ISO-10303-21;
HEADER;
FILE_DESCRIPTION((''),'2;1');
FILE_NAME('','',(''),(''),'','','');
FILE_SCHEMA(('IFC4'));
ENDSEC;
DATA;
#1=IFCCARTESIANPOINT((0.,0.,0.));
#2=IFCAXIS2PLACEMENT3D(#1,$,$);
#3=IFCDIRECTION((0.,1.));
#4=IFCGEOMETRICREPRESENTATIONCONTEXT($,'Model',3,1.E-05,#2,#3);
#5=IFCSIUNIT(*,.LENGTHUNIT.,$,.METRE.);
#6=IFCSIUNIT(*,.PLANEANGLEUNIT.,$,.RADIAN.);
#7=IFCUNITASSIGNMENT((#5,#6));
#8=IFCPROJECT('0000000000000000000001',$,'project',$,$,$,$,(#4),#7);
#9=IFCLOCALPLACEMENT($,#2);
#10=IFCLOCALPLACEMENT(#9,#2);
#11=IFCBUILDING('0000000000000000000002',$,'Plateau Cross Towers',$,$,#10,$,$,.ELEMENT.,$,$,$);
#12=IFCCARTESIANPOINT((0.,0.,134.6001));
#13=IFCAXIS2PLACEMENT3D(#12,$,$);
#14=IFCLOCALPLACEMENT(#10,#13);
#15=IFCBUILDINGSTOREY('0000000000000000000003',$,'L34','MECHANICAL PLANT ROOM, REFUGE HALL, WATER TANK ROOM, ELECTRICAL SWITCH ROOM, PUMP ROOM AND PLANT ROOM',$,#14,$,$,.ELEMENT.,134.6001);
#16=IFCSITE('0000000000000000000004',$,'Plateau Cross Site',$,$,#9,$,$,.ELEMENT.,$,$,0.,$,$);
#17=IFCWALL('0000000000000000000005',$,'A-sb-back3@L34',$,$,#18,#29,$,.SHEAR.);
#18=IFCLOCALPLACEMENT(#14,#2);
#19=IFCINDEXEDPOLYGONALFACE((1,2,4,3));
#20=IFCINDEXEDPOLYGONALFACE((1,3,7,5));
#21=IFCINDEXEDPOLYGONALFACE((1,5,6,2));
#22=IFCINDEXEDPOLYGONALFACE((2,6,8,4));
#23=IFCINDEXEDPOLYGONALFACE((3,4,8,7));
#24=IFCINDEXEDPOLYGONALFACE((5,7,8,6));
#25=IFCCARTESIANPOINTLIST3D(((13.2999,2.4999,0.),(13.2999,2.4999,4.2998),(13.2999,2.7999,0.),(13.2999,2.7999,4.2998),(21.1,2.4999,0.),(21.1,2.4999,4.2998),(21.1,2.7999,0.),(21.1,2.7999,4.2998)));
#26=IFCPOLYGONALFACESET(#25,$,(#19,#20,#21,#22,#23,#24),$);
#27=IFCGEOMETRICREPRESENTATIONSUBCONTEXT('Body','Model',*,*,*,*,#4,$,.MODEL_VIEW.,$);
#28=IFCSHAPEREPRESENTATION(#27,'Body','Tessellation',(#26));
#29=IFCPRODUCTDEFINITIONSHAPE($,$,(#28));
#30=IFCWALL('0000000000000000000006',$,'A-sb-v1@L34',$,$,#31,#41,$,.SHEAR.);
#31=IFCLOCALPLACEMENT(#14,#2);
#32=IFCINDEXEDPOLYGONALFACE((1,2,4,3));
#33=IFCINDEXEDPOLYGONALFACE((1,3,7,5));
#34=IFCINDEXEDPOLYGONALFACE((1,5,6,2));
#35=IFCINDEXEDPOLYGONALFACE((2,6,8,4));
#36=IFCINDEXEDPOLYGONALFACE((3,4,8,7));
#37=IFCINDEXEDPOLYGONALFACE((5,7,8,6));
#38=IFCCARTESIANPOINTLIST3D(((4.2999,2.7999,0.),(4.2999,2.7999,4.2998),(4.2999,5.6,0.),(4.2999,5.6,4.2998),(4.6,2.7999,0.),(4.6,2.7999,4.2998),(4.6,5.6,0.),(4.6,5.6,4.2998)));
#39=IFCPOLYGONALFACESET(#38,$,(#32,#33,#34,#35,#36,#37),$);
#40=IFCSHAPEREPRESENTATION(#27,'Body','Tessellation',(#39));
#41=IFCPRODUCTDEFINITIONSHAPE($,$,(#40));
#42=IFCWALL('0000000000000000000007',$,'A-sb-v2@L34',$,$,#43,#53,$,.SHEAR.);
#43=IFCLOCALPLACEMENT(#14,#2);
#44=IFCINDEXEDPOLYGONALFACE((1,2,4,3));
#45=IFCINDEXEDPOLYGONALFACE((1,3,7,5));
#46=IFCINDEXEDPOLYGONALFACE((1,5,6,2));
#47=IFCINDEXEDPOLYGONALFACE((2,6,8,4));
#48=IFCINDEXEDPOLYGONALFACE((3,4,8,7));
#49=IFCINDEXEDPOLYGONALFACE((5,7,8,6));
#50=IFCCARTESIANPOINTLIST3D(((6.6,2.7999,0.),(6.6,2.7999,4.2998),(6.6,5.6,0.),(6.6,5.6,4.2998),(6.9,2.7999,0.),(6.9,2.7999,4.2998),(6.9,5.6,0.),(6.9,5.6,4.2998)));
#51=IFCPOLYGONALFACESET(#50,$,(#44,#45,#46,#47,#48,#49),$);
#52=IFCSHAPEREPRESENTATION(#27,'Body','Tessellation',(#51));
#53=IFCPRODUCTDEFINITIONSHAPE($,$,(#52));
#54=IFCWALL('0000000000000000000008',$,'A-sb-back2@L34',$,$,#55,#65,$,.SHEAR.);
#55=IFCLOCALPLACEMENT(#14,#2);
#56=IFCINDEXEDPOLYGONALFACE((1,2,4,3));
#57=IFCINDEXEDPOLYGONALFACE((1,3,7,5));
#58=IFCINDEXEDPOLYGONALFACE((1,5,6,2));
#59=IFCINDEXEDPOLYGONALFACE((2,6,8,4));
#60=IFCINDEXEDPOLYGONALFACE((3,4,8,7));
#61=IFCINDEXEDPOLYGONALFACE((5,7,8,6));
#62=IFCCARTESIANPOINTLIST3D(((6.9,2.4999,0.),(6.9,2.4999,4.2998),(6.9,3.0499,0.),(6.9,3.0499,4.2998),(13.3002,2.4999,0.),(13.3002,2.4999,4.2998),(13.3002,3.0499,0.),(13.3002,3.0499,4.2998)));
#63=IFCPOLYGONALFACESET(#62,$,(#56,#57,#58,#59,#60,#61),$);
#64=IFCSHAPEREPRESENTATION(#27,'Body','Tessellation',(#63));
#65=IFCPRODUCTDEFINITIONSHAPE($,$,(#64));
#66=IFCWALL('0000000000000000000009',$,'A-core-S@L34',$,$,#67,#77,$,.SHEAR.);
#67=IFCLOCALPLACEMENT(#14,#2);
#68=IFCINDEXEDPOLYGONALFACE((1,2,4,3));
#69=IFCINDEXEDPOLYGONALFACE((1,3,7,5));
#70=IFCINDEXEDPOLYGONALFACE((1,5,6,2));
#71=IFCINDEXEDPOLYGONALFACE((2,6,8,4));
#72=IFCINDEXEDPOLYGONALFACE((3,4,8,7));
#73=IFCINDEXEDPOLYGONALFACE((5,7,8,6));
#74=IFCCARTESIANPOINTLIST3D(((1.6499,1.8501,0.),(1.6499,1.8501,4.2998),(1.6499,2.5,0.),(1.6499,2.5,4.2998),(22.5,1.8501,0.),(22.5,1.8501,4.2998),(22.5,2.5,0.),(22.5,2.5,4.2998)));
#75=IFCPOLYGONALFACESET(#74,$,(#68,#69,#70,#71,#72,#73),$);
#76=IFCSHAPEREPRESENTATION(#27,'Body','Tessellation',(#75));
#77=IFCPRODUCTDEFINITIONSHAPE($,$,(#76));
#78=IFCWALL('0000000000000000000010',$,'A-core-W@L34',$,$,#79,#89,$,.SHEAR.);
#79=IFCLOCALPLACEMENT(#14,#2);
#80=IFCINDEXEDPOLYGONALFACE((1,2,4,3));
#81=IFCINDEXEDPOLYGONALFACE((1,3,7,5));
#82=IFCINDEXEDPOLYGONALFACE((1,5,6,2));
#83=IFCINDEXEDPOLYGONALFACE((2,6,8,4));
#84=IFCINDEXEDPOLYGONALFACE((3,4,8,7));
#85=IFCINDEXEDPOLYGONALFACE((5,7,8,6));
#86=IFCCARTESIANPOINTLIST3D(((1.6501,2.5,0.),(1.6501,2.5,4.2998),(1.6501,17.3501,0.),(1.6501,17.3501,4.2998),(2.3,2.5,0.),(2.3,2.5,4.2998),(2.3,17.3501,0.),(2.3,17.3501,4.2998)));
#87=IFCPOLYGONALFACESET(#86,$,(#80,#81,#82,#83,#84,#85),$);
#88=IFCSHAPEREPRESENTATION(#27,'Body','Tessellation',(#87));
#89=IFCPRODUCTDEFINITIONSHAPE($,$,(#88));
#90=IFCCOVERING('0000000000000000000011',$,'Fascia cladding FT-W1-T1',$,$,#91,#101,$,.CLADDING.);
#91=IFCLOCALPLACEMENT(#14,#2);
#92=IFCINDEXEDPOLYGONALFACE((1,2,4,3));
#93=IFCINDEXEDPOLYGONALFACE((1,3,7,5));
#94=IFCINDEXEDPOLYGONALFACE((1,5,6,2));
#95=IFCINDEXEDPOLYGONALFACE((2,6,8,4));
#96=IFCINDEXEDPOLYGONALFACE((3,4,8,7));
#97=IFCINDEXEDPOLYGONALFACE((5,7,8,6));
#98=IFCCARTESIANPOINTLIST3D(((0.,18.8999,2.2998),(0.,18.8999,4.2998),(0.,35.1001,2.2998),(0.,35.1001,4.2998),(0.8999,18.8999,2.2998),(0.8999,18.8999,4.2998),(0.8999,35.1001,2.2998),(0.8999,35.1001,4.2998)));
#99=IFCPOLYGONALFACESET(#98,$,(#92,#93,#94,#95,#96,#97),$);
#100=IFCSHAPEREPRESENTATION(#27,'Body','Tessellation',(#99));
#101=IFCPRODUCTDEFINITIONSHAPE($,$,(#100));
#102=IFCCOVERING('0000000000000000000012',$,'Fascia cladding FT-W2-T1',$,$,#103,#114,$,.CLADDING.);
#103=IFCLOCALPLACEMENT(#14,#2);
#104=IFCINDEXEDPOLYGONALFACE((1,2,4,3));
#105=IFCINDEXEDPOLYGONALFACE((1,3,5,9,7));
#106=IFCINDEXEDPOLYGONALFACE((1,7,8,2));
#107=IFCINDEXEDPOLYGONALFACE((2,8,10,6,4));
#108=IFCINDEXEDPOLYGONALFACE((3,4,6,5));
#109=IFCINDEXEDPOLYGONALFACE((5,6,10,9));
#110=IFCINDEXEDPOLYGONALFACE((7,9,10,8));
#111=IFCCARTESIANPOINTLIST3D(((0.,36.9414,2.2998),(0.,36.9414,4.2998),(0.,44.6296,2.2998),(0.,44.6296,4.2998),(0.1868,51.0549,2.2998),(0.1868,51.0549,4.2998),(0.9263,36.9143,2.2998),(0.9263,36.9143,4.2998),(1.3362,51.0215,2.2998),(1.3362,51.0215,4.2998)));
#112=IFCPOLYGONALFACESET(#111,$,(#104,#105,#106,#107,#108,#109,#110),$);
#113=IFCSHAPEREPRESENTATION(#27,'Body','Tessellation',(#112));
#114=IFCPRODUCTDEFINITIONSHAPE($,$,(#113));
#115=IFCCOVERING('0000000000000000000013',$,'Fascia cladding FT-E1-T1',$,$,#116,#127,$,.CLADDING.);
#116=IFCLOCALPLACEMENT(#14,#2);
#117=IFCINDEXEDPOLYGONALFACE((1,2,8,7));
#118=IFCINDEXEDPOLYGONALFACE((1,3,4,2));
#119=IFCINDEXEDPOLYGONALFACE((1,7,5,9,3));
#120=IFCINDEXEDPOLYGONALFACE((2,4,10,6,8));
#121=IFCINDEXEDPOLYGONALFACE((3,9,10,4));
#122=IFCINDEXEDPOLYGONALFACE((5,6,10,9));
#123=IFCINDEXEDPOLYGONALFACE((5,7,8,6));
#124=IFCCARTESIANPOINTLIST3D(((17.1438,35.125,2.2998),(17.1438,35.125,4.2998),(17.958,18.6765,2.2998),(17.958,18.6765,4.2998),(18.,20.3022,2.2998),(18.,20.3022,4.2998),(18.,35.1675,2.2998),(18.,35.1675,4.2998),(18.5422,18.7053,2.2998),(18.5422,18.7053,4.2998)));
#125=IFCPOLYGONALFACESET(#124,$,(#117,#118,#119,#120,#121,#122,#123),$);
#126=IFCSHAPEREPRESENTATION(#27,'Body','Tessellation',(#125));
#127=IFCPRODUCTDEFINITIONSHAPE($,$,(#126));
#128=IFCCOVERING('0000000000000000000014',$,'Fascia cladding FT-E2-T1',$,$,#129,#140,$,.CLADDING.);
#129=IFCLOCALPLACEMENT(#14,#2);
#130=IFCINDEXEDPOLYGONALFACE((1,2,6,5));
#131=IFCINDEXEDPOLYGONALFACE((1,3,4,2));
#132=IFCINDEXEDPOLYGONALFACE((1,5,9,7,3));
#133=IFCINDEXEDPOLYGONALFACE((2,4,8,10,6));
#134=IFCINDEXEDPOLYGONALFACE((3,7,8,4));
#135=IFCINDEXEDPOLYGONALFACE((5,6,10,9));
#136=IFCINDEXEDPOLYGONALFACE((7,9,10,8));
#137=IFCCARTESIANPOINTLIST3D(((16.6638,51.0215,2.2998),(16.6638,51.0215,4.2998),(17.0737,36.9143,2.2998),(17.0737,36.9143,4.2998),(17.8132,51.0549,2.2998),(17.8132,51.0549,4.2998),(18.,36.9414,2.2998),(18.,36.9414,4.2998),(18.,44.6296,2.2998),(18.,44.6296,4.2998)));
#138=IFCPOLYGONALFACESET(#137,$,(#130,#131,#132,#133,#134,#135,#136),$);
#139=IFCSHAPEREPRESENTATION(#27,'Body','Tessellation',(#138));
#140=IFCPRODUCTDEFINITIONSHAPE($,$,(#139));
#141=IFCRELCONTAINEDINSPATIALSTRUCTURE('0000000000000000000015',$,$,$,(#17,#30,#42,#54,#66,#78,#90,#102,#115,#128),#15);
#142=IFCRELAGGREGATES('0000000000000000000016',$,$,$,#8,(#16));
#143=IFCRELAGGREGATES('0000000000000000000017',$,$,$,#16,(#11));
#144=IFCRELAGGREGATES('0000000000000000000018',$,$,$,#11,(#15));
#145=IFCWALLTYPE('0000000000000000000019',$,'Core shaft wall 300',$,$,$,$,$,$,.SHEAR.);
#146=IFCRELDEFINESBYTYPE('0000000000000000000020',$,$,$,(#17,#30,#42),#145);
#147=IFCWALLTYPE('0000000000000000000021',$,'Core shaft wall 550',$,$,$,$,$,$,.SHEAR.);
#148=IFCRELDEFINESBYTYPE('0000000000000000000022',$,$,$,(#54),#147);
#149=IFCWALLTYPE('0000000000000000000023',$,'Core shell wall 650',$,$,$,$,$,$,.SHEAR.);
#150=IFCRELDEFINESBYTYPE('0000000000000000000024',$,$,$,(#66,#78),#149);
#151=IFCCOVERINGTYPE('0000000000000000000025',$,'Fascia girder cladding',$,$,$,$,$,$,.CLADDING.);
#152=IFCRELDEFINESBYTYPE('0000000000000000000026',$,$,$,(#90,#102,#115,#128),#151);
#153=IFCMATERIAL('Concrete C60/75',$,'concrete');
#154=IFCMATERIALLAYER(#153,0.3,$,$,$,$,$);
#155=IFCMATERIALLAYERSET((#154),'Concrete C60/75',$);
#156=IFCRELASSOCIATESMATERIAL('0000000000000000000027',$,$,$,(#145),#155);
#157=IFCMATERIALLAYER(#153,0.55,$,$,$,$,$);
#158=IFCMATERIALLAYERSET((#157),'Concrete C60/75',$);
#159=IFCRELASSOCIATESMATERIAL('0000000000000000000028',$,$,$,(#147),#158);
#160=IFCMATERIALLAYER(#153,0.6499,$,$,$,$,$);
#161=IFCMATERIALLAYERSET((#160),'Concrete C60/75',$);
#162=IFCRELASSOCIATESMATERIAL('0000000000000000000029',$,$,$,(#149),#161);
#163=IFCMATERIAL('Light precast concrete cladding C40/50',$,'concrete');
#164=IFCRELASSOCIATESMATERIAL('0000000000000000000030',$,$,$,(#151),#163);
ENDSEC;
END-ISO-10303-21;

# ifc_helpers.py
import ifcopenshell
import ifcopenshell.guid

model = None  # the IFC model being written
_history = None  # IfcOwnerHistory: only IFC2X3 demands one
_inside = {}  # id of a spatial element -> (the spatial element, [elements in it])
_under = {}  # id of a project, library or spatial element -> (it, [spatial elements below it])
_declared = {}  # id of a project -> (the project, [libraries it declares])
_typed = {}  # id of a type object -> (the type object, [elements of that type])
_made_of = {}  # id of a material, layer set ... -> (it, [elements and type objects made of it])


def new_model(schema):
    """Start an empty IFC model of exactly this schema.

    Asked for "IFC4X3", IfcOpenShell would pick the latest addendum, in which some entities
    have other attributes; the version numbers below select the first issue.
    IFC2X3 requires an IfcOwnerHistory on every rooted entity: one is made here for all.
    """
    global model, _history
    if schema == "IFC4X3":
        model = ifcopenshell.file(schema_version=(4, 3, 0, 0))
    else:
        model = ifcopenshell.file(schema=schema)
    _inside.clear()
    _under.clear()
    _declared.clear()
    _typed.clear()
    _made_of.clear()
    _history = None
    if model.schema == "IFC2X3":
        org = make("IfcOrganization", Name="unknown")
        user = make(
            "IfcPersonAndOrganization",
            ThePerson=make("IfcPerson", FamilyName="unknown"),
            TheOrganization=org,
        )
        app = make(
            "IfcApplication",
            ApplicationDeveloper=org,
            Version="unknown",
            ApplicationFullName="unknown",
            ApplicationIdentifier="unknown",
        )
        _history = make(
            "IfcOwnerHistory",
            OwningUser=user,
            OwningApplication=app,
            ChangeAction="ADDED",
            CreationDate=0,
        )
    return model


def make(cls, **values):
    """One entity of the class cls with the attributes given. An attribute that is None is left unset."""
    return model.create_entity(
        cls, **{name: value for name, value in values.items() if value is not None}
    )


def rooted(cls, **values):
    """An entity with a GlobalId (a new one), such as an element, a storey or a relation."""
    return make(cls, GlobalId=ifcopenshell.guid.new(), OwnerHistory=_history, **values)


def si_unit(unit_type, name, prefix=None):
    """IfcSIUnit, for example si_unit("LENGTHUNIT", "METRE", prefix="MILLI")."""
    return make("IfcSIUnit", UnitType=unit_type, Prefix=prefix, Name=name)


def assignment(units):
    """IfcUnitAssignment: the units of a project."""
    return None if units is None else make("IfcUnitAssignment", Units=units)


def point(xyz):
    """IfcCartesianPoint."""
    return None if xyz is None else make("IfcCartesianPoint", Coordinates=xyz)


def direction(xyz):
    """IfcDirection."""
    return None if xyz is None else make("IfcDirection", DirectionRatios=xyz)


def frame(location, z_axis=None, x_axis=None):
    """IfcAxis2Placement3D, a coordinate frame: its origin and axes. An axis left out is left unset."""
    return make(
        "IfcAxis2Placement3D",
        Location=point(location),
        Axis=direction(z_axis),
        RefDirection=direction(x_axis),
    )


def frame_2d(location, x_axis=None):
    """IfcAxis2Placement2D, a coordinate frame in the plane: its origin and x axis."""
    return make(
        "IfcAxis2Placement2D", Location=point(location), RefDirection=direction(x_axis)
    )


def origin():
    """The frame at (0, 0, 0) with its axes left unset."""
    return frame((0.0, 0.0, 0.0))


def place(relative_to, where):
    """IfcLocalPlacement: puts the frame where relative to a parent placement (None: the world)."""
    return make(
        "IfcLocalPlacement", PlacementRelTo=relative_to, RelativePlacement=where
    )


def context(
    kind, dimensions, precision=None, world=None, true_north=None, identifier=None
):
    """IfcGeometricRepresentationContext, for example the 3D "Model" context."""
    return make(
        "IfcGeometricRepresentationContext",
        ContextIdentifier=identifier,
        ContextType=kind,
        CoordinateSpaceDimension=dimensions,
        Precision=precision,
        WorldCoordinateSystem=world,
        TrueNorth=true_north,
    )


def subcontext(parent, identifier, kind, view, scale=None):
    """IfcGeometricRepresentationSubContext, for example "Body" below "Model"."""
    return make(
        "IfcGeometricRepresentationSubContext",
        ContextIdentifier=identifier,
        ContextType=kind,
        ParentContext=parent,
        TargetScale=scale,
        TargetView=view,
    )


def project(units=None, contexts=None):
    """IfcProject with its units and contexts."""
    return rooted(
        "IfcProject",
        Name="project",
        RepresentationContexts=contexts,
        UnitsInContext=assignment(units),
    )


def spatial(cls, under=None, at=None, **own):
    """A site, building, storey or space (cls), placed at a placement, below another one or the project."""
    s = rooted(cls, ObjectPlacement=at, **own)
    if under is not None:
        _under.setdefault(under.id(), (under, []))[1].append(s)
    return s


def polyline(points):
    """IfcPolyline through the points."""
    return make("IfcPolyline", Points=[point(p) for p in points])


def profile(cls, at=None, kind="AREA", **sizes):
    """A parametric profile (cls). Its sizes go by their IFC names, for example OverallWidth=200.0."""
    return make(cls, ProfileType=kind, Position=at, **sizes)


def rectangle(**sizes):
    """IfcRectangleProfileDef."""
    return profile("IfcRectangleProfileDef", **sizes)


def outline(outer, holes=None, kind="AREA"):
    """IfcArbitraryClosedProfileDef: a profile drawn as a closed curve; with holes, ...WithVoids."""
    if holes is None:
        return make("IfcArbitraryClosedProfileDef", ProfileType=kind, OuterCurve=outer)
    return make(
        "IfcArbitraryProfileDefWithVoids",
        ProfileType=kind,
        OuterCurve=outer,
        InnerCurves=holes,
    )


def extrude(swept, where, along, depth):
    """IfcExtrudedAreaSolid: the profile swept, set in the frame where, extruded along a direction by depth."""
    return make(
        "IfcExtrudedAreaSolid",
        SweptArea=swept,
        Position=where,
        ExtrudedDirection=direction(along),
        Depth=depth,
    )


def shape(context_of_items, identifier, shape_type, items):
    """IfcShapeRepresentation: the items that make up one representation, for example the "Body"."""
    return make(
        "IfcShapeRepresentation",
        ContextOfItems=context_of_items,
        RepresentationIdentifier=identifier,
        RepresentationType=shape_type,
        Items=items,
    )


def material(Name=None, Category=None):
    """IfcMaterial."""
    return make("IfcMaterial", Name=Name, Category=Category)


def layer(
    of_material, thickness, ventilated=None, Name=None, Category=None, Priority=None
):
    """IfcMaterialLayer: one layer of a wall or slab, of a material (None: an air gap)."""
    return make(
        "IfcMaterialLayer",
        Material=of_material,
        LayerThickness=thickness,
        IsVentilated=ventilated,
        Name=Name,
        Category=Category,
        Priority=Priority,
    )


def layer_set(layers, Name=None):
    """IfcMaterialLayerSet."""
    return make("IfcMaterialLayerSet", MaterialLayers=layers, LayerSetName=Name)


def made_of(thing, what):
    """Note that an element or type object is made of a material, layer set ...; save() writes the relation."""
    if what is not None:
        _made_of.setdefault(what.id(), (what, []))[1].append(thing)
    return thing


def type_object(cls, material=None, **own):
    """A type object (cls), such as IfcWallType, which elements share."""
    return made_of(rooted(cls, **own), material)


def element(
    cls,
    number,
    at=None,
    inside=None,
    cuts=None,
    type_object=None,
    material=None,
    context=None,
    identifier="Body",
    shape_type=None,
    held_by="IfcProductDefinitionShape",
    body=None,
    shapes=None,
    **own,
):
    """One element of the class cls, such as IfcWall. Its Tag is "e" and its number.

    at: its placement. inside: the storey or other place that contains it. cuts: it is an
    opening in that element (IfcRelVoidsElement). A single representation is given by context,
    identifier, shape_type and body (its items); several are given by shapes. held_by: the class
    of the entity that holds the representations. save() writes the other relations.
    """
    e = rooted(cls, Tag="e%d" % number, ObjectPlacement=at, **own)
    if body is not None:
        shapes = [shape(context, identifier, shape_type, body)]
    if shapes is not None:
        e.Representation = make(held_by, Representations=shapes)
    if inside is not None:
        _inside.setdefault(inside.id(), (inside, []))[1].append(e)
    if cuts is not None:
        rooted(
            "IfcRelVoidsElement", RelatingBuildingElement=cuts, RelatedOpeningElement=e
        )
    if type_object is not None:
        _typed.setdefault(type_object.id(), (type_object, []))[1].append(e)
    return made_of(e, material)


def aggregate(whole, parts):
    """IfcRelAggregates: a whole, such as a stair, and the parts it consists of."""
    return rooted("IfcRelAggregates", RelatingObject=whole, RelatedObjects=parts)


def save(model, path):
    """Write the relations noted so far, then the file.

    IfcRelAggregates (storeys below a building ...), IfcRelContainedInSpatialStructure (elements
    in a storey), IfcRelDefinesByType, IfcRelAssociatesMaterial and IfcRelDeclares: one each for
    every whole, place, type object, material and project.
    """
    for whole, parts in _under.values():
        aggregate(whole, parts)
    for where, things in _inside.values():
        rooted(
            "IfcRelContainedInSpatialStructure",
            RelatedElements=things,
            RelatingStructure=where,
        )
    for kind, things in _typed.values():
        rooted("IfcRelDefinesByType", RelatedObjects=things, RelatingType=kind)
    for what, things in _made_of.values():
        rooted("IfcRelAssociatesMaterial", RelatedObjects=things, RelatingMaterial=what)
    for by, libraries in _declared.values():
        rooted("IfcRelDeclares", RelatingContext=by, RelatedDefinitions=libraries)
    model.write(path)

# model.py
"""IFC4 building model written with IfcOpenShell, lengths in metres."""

from ifc_helpers import new_model, si_unit, direction, frame, frame_2d, origin, place, context, subcontext, project, spatial, polyline, rectangle, outline, extrude, material, layer, layer_set, type_object, element, save


model = new_model("IFC4")

# Units and contexts
model_context = context("Model", 3, precision=1e-05, world=origin(), true_north=direction((0.0, 1.0)))
body_context = subcontext(model_context, "Body", "Model", "MODEL_VIEW")
ifc_project = project(units=[si_unit("LENGTHUNIT", "METRE"), si_unit("PLANEANGLEUNIT", "RADIAN")], contexts=[model_context])

# Site, building, storey
site_placement = place(None, origin())
site = spatial("IfcSite", under=ifc_project, at=site_placement, Name="Plateau Cross Site", CompositionType="ELEMENT", RefElevation=0.0)
building_placement = place(site_placement, origin())
building = spatial("IfcBuilding", under=site, at=building_placement, Name="Plateau Cross Towers", CompositionType="ELEMENT")
storey_placement = place(building_placement, frame((0.0, 0.0, 134.6001)))
storey = spatial("IfcBuildingStorey", under=building, at=storey_placement, Name="L34", Description="MECHANICAL PLANT ROOM, REFUGE HALL, WATER TANK ROOM, ELECTRICAL SWITCH ROOM, PUMP ROOM AND PLANT ROOM", CompositionType="ELEMENT", Elevation=134.6001)

# Shared definitions
ifc_material_1 = material(Name="Concrete C60/75", Category="concrete")

# Walls
ifc_layer_1 = layer(ifc_material_1, 0.3)
ifc_layer_set_1 = layer_set([ifc_layer_1], Name="Concrete C60/75")
wall_type_1 = type_object("IfcWallType", Name="Core shaft wall 300", PredefinedType="SHEAR", material=ifc_layer_set_1)
wall_1_placement = place(storey_placement, frame((13.3, 2.6499, 0.0), z_axis=(0.0, 0.0, 1.0), x_axis=(1.0, 0.0, 0.0)))
element("IfcWall", 1, at=wall_1_placement, inside=storey, type_object=wall_type_1, Name="A-sb-back3@L34", PredefinedType="SHEAR", context=body_context, shape_type="SweptSolid", body=[
    extrude(rectangle(XDim=7.8, YDim=0.3, at=frame_2d((3.8999, 0.0))), origin(), (0.0, 0.0, 1.0), 4.2998),
])
for number, where, z_axis, x_axis, name in (
    (2, (4.45, 2.8, 0.0), (0.0, 0.0, 1.0), (0.0, 1.0, 0.0), "A-sb-v1@L34"),
    (3, (6.75, 2.8, 0.0), (0.0, 0.0, 1.0), (0.0, 1.0, 0.0), "A-sb-v2@L34"),
):
    element("IfcWall", number, at=place(storey_placement, frame(where, z_axis=z_axis, x_axis=x_axis)), inside=storey, type_object=wall_type_1, Name=name, PredefinedType="SHEAR", context=body_context, shape_type="SweptSolid", body=[
        extrude(rectangle(XDim=2.8, YDim=0.3, at=frame_2d((1.3999, 0.0))), origin(), (0.0, 0.0, 1.0), 4.2998),
    ])
ifc_layer_2 = layer(ifc_material_1, 0.55)
ifc_layer_set_2 = layer_set([ifc_layer_2], Name="Concrete C60/75")
wall_type_2 = type_object("IfcWallType", Name="Core shaft wall 550", PredefinedType="SHEAR", material=ifc_layer_set_2)
wall_2_placement = place(storey_placement, frame((6.8999, 2.7749, 0.0), z_axis=(0.0, 0.0, 1.0), x_axis=(1.0, 0.0, 0.0)))
element("IfcWall", 4, at=wall_2_placement, inside=storey, type_object=wall_type_2, Name="A-sb-back2@L34", PredefinedType="SHEAR", context=body_context, shape_type="SweptSolid", body=[
    extrude(rectangle(XDim=6.4001, YDim=0.55, at=frame_2d((3.2002, 0.0))), origin(), (0.0, 0.0, 1.0), 4.2998),
])
ifc_layer_3 = layer(ifc_material_1, 0.6499)
ifc_layer_set_3 = layer_set([ifc_layer_3], Name="Concrete C60/75")
wall_type_3 = type_object("IfcWallType", Name="Core shell wall 650", PredefinedType="SHEAR", material=ifc_layer_set_3)
wall_3_placement = place(storey_placement, frame((1.6499, 2.175, 0.0), z_axis=(0.0, 0.0, 1.0), x_axis=(1.0, 0.0, 0.0)))
element("IfcWall", 5, at=wall_3_placement, inside=storey, type_object=wall_type_3, Name="A-core-S@L34", PredefinedType="SHEAR", context=body_context, shape_type="SweptSolid", body=[
    extrude(rectangle(XDim=20.8501, YDim=0.6499, at=frame_2d((10.425, 0.0))), origin(), (0.0, 0.0, 1.0), 4.2998),
])
wall_4_placement = place(storey_placement, frame((1.9751, 2.5, 0.0), z_axis=(0.0, 0.0, 1.0), x_axis=(0.0, 1.0, 0.0)))
element("IfcWall", 6, at=wall_4_placement, inside=storey, type_object=wall_type_3, Name="A-core-W@L34", PredefinedType="SHEAR", context=body_context, shape_type="SweptSolid", body=[
    extrude(rectangle(XDim=14.8501, YDim=0.6499, at=frame_2d((7.425, 0.0))), origin(), (0.0, 0.0, 1.0), 4.2998),
])

# Coverings
ifc_material_2 = material(Name="Light precast concrete cladding C40/50", Category="concrete")
covering_type = type_object("IfcCoveringType", Name="Fascia girder cladding", PredefinedType="CLADDING", material=ifc_material_2)
covering_1_placement = place(storey_placement, frame((0.0, 0.0, 2.2998)))
element("IfcCovering", 7, at=covering_1_placement, inside=storey, type_object=covering_type, Name="Fascia cladding FT-W1-T1", PredefinedType="CLADDING", context=body_context, shape_type="SweptSolid", body=[
    extrude(outline(polyline([(0.8999, 35.1001), (0.8999, 18.8999), (0.0, 18.8999), (0.0, 35.1001), (0.8999, 35.1001)])), origin(), (0.0, 0.0, 1.0), 2.0),
])
covering_2_placement = place(storey_placement, frame((0.0, 0.0, 2.2998)))
element("IfcCovering", 8, at=covering_2_placement, inside=storey, type_object=covering_type, Name="Fascia cladding FT-W2-T1", PredefinedType="CLADDING", context=body_context, shape_type="SweptSolid", body=[
    extrude(outline(polyline([(0.1868, 51.0549), (1.3362, 51.0215), (0.9263, 36.9143), (0.0, 36.9414), (0.0, 44.6296), (0.1868, 51.0549)])), origin(), (0.0, 0.0, 1.0), 2.0),
])
covering_3_placement = place(storey_placement, frame((0.0, 0.0, 2.2998)))
element("IfcCovering", 9, at=covering_3_placement, inside=storey, type_object=covering_type, Name="Fascia cladding FT-E1-T1", PredefinedType="CLADDING", context=body_context, shape_type="SweptSolid", body=[
    extrude(outline(polyline([(17.1438, 35.125), (18.0, 35.1675), (18.0, 20.3022), (18.5422, 18.7053), (17.958, 18.6765), (17.1438, 35.125)])), origin(), (0.0, 0.0, 1.0), 2.0),
])
covering_4_placement = place(storey_placement, frame((0.0, 0.0, 2.2998)))
element("IfcCovering", 10, at=covering_4_placement, inside=storey, type_object=covering_type, Name="Fascia cladding FT-E2-T1", PredefinedType="CLADDING", context=body_context, shape_type="SweptSolid", body=[
    extrude(outline(polyline([(16.6638, 51.0215), (17.8132, 51.0549), (18.0, 44.6296), (18.0, 36.9414), (17.0737, 36.9143), (16.6638, 51.0215)])), origin(), (0.0, 0.0, 1.0), 2.0),
])

save(model, "model.ifc")
